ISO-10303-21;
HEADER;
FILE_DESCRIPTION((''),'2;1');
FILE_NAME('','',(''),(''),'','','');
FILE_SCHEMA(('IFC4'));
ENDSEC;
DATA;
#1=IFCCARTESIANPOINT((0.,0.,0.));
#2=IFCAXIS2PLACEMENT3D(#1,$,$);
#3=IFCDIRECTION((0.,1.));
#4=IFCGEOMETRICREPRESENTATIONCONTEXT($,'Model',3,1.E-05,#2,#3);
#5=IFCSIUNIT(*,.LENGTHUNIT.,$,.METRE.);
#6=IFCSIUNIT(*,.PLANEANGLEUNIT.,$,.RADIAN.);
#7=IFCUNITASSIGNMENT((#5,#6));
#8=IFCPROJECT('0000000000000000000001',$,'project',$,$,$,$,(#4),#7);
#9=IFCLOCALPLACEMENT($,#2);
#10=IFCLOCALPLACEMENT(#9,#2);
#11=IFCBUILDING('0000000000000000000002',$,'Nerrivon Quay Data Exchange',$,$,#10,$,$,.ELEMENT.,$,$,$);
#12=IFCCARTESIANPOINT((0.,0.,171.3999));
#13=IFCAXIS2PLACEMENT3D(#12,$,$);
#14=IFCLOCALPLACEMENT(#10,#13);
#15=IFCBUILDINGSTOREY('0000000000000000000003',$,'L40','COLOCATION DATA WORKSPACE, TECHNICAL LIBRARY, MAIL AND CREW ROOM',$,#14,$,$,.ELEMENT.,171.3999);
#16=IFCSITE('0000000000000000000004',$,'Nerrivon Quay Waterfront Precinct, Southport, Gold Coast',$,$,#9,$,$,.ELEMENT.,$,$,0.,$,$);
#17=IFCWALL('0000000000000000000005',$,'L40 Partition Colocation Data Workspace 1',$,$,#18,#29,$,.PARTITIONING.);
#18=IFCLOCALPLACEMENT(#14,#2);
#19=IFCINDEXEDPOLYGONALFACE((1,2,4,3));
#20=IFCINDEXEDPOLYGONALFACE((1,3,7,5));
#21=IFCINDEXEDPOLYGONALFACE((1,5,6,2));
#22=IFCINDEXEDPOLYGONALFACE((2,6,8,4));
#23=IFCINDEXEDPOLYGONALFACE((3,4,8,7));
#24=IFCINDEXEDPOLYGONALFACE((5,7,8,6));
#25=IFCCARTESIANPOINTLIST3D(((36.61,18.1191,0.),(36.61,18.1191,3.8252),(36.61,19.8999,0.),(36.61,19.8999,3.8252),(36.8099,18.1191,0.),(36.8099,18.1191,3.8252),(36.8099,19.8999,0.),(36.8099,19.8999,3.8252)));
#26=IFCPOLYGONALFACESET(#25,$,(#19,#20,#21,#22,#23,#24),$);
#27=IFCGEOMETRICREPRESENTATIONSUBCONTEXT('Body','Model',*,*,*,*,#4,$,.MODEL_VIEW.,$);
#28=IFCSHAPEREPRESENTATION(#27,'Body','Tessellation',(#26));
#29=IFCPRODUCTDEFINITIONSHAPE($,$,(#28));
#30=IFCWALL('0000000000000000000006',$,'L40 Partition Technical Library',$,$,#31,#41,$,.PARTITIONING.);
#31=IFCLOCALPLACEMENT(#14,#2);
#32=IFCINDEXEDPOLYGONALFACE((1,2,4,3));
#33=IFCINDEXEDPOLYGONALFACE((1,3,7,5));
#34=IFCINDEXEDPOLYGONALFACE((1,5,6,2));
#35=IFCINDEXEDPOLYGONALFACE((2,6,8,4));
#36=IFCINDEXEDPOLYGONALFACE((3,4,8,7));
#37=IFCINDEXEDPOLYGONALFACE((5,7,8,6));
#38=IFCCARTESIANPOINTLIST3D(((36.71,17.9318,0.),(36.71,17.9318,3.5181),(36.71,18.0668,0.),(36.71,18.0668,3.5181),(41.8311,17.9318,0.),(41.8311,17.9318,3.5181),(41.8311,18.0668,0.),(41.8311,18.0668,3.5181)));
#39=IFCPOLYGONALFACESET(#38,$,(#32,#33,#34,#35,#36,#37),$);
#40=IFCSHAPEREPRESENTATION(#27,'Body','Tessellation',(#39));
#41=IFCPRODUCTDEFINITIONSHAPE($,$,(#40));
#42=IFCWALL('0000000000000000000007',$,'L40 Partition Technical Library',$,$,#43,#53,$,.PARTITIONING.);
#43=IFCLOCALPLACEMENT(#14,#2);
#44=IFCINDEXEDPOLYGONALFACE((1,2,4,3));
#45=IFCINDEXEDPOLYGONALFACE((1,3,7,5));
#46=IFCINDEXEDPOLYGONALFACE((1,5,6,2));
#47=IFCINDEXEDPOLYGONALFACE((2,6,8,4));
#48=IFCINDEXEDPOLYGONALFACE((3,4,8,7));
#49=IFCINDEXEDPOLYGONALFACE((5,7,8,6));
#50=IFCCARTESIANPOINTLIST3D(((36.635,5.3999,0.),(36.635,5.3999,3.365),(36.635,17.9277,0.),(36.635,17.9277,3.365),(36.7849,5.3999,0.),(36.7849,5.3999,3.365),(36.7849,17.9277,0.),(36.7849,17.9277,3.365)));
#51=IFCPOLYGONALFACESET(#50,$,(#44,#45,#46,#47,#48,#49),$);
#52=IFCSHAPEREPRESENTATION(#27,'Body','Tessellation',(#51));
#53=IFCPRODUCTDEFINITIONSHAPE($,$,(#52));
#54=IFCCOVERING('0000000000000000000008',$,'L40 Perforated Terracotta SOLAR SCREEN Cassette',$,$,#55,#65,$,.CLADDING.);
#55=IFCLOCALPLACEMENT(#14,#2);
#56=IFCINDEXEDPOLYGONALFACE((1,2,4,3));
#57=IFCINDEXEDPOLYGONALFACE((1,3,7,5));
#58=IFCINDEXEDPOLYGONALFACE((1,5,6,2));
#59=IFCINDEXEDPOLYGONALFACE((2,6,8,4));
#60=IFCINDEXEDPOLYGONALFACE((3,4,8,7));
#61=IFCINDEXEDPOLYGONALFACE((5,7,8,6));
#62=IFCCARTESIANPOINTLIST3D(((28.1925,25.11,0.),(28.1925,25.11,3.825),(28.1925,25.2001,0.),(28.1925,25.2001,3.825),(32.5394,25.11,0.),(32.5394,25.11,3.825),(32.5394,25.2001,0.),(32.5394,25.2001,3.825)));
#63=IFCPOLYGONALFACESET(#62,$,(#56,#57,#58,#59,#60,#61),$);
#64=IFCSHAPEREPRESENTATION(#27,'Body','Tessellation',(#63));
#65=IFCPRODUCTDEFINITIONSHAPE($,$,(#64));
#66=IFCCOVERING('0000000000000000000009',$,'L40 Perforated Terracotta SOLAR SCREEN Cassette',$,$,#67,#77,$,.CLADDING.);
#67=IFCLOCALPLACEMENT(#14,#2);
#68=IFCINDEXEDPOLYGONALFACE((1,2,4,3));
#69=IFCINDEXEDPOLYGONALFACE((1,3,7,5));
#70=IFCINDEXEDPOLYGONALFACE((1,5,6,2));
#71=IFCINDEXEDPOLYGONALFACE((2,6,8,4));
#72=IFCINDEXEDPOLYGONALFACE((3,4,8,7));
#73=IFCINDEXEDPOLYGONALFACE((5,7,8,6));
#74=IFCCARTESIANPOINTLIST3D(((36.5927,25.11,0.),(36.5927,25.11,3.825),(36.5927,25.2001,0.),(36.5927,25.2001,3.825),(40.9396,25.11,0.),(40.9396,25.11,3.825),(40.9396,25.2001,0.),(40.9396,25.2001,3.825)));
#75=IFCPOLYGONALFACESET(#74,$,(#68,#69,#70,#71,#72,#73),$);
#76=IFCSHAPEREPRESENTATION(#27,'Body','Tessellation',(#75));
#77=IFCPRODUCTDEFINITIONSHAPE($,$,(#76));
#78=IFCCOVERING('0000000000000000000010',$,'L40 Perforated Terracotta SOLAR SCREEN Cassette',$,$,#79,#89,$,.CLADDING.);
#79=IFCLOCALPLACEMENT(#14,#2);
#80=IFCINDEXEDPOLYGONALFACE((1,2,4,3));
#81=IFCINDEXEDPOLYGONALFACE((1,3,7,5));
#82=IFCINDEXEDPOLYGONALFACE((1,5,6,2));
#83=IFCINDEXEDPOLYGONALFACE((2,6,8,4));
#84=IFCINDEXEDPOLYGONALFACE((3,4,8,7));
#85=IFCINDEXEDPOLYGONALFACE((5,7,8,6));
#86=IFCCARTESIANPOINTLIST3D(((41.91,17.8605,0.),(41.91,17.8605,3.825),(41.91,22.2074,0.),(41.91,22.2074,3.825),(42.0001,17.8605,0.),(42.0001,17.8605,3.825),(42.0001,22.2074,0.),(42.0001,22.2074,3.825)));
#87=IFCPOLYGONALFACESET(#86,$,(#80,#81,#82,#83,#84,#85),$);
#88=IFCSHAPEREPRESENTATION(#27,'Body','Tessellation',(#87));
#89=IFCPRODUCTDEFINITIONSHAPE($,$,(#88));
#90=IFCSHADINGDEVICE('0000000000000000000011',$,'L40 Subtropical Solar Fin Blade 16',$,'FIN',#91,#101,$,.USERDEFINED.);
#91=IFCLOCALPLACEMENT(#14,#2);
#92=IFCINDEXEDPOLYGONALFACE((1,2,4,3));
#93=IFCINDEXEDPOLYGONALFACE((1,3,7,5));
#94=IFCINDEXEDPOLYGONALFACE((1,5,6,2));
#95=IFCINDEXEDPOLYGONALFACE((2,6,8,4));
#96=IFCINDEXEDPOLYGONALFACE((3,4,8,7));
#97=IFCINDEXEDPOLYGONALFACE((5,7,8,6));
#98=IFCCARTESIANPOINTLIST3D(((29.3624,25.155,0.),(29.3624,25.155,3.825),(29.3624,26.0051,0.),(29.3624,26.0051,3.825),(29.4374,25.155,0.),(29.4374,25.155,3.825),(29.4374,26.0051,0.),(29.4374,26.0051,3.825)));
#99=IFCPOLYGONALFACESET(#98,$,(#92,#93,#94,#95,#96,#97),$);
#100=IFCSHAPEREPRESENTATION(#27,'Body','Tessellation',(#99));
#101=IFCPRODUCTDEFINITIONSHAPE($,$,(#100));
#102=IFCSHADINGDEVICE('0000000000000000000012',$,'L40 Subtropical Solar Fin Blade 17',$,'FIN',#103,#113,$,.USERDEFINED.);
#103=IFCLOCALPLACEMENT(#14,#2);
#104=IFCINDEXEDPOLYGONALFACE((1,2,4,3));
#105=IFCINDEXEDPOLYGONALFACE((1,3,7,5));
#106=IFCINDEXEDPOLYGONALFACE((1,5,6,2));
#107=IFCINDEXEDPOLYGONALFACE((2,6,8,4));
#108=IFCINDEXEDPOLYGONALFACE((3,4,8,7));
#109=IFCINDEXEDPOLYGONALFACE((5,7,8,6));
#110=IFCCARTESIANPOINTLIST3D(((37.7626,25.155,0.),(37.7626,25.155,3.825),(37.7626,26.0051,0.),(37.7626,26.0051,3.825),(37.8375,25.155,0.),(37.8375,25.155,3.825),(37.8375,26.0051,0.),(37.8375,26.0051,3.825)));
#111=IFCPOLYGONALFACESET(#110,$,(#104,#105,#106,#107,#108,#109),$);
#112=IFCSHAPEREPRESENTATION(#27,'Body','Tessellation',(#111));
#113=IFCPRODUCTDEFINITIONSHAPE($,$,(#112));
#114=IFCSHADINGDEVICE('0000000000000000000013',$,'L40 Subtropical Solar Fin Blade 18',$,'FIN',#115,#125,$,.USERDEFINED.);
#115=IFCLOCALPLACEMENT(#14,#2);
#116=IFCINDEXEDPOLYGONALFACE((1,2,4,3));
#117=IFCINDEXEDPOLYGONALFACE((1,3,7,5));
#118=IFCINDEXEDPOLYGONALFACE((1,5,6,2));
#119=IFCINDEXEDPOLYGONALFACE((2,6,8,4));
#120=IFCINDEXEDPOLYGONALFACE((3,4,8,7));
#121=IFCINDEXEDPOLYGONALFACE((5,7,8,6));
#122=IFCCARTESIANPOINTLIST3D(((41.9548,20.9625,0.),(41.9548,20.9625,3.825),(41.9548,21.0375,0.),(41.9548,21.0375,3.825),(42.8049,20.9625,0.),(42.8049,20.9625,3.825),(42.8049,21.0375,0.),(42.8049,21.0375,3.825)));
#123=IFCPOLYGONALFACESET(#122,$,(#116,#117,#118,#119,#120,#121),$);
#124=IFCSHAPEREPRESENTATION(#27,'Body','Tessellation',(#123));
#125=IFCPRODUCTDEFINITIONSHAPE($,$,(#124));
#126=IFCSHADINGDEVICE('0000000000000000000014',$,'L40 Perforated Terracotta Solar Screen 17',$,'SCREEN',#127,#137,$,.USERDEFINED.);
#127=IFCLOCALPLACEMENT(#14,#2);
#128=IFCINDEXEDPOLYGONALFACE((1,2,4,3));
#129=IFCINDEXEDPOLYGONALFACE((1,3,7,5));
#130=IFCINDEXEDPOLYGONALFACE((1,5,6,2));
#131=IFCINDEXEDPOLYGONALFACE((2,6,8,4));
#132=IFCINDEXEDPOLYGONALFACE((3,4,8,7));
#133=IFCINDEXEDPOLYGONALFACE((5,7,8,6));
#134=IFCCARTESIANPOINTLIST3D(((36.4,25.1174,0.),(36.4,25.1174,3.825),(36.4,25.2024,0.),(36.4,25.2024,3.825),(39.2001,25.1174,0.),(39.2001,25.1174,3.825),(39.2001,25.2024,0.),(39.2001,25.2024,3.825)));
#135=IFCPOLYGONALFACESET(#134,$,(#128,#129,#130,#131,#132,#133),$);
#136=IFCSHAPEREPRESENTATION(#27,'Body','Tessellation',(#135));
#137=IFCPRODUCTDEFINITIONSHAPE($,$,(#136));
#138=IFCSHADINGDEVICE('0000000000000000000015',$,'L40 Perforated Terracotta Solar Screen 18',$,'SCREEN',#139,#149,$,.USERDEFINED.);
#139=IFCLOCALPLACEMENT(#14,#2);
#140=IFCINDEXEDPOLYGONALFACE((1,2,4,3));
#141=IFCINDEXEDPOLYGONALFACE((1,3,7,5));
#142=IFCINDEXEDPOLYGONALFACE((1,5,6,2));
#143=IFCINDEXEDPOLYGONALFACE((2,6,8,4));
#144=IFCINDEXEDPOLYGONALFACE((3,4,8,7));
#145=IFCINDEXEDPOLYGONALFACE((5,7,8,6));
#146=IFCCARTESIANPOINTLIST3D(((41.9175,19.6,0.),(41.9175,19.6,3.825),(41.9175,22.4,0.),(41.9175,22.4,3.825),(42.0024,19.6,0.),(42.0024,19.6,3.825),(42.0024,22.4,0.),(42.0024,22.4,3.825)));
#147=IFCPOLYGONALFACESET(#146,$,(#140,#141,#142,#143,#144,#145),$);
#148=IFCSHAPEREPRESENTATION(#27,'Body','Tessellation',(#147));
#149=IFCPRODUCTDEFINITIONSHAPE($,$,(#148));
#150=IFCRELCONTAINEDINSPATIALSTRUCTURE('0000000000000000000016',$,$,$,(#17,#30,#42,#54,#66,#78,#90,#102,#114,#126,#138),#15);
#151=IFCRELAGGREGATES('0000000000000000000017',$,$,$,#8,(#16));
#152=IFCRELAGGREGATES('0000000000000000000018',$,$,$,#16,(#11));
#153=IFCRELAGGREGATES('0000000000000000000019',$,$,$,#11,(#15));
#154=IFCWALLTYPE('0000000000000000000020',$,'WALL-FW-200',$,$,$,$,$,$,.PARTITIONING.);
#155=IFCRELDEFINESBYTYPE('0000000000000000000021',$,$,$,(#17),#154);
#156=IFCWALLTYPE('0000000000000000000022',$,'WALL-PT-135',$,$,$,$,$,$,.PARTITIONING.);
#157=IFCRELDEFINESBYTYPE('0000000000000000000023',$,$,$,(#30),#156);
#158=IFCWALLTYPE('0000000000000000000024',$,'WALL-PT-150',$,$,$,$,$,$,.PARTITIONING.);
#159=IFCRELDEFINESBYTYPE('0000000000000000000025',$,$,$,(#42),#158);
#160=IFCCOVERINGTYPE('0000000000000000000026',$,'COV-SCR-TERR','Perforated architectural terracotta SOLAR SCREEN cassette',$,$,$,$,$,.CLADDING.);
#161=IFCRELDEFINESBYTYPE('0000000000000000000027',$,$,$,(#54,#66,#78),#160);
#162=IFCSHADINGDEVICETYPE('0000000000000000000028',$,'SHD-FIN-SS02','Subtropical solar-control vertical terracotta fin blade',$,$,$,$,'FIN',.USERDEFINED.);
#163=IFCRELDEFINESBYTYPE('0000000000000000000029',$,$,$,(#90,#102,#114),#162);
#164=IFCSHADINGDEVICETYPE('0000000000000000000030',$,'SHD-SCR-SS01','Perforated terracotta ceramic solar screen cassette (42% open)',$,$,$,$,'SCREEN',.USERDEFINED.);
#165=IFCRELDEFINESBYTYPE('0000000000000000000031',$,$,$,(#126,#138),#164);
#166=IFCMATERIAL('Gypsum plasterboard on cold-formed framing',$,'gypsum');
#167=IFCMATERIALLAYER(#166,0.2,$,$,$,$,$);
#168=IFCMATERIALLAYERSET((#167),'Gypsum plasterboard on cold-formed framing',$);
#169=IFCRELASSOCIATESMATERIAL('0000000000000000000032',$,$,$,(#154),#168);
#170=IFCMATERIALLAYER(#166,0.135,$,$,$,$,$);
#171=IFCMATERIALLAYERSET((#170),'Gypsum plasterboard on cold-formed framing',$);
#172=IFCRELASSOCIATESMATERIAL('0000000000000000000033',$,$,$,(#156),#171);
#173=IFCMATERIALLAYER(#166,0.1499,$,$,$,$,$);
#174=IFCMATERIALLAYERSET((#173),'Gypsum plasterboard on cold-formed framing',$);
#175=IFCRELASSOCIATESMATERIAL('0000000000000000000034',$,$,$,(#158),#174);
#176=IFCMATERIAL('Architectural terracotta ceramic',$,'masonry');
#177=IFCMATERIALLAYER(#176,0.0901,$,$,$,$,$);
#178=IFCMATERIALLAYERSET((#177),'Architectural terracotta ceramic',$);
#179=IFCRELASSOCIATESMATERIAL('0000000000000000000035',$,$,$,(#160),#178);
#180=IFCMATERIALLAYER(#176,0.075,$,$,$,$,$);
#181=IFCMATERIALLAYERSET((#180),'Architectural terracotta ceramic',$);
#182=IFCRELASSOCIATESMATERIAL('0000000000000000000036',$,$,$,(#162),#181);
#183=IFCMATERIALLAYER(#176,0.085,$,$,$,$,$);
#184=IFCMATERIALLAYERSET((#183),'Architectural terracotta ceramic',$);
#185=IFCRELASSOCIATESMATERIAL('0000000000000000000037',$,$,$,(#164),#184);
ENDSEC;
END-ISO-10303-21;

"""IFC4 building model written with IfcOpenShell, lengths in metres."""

from ifc_helpers import new_model, si_unit, direction, frame, frame_2d, origin, origin_2d, place, context, subcontext, project, spatial, rectangle, extrude, material, layer, layer_set, type_object, element, save


model = new_model("IFC4")

# Units and contexts
model_context = context("Model", 3, precision=1e-05, world=origin(), true_north=direction((0.0, 1.0)))
body_context = subcontext(model_context, "Body", "Model", "MODEL_VIEW")
ifc_project = project(units=[si_unit("LENGTHUNIT", "METRE"), si_unit("PLANEANGLEUNIT", "RADIAN")], contexts=[model_context])

# Site, building, storey
site_placement = place(None, origin())
site = spatial("IfcSite", under=ifc_project, at=site_placement, Name="Nerrivon Quay Waterfront Precinct, Southport, Gold Coast", CompositionType="ELEMENT", RefElevation=0.0)
building_placement = place(site_placement, origin())
building = spatial("IfcBuilding", under=site, at=building_placement, Name="Nerrivon Quay Data Exchange", CompositionType="ELEMENT")
storey_placement = place(building_placement, frame((0.0, 0.0, 171.3999)))
storey = spatial("IfcBuildingStorey", under=building, at=storey_placement, Name="L40", Description="COLOCATION DATA WORKSPACE, TECHNICAL LIBRARY, MAIL AND CREW ROOM", CompositionType="ELEMENT", Elevation=171.3999)

# Walls
ifc_material_1 = material(Name="Gypsum plasterboard on cold-formed framing", Category="gypsum")
ifc_layer_1 = layer(ifc_material_1, 0.2)
ifc_layer_set_1 = layer_set([ifc_layer_1], Name="Gypsum plasterboard on cold-formed framing")
wall_type_1 = type_object("IfcWallType", Name="WALL-FW-200", PredefinedType="PARTITIONING", material=ifc_layer_set_1)
wall_1_placement = place(storey_placement, frame((36.71, 19.8999, 0.0), z_axis=(0.0, 0.0, 1.0), x_axis=(0.0, -1.0, 0.0)))
element("IfcWall", 1, at=wall_1_placement, inside=storey, type_object=wall_type_1, Name="L40 Partition Colocation Data Workspace 1", PredefinedType="PARTITIONING", context=body_context, shape_type="SweptSolid", body=[
    extrude(rectangle(XDim=1.7808, YDim=0.2, at=frame_2d((0.8904, 0.0))), origin(), (0.0, 0.0, 1.0), 3.8252),
])
ifc_layer_2 = layer(ifc_material_1, 0.135)
ifc_layer_set_2 = layer_set([ifc_layer_2], Name="Gypsum plasterboard on cold-formed framing")
wall_type_2 = type_object("IfcWallType", Name="WALL-PT-135", PredefinedType="PARTITIONING", material=ifc_layer_set_2)
wall_2_placement = place(storey_placement, frame((41.8311, 17.9993, 0.0), z_axis=(0.0, 0.0, 1.0), x_axis=(-1.0, 0.0, 0.0)))
element("IfcWall", 2, at=wall_2_placement, inside=storey, type_object=wall_type_2, Name="L40 Partition Technical Library", PredefinedType="PARTITIONING", context=body_context, shape_type="SweptSolid", body=[
    extrude(rectangle(XDim=5.1211, YDim=0.135, at=frame_2d((2.5605, 0.0))), origin(), (0.0, 0.0, 1.0), 3.5181),
])
ifc_layer_3 = layer(ifc_material_1, 0.1499)
ifc_layer_set_3 = layer_set([ifc_layer_3], Name="Gypsum plasterboard on cold-formed framing")
wall_type_3 = type_object("IfcWallType", Name="WALL-PT-150", PredefinedType="PARTITIONING", material=ifc_layer_set_3)
wall_3_placement = place(storey_placement, frame((36.71, 17.9277, 0.0), z_axis=(0.0, 0.0, 1.0), x_axis=(0.0, -1.0, 0.0)))
element("IfcWall", 3, at=wall_3_placement, inside=storey, type_object=wall_type_3, Name="L40 Partition Technical Library", PredefinedType="PARTITIONING", context=body_context, shape_type="SweptSolid", body=[
    extrude(rectangle(XDim=12.5278, YDim=0.1499, at=frame_2d((6.2639, 0.0))), origin(), (0.0, 0.0, 1.0), 3.365),
])

# Coverings
ifc_material_2 = material(Name="Architectural terracotta ceramic", Category="masonry")
ifc_layer_4 = layer(ifc_material_2, 0.0901)
ifc_layer_set_4 = layer_set([ifc_layer_4], Name="Architectural terracotta ceramic")
covering_type = type_object("IfcCoveringType", Name="COV-SCR-TERR", Description="Perforated architectural terracotta SOLAR SCREEN cassette", PredefinedType="CLADDING", material=ifc_layer_set_4)
for number, where, z_axis, x_axis, name in (
    (4, (30.366, 25.155, 0.0), (0.0, 0.0, 1.0), (1.0, 0.0, 0.0), "L40 Perforated Terracotta SOLAR SCREEN Cassette"),
    (5, (38.7661, 25.155, 0.0), (0.0, 0.0, 1.0), (1.0, 0.0, 0.0), "L40 Perforated Terracotta SOLAR SCREEN Cassette"),
    (6, (41.9551, 20.0339, 0.0), (0.0, 0.0, 1.0), (0.0, -1.0, 0.0), "L40 Perforated Terracotta SOLAR SCREEN Cassette"),
):
    element("IfcCovering", number, at=place(storey_placement, frame(where, z_axis=z_axis, x_axis=x_axis)), inside=storey, type_object=covering_type, Name=name, PredefinedType="CLADDING", context=body_context, shape_type="SweptSolid", body=[
        extrude(rectangle(XDim=4.3469, YDim=0.0901, at=origin_2d()), origin(), (0.0, 0.0, 1.0), 3.825),
    ])

# Shading devices
ifc_layer_5 = layer(ifc_material_2, 0.075)
ifc_layer_set_5 = layer_set([ifc_layer_5], Name="Architectural terracotta ceramic")
shading_device_type_1 = type_object("IfcShadingDeviceType", Name="SHD-FIN-SS02", Description="Subtropical solar-control vertical terracotta fin blade", ElementType="FIN", PredefinedType="USERDEFINED", material=ifc_layer_set_5)
for number, where, z_axis, x_axis, name in (
    (7, (29.3999, 25.5801, 0.0), (0.0, 0.0, 1.0), (1.0, 0.0, 0.0), "L40 Subtropical Solar Fin Blade 16"),
    (8, (37.8, 25.5801, 0.0), (0.0, 0.0, 1.0), (1.0, 0.0, 0.0), "L40 Subtropical Solar Fin Blade 17"),
    (9, (42.3799, 21.0, 0.0), (0.0, 0.0, 1.0), (0.0, -1.0, 0.0), "L40 Subtropical Solar Fin Blade 18"),
):
    element("IfcShadingDevice", number, at=place(storey_placement, frame(where, z_axis=z_axis, x_axis=x_axis)), inside=storey, type_object=shading_device_type_1, Name=name, ObjectType="FIN", PredefinedType="USERDEFINED", context=body_context, shape_type="SweptSolid", body=[
        extrude(rectangle(XDim=0.075, YDim=0.8501, at=origin_2d()), origin(), (0.0, 0.0, 1.0), 3.825),
    ])
ifc_layer_6 = layer(ifc_material_2, 0.085)
ifc_layer_set_6 = layer_set([ifc_layer_6], Name="Architectural terracotta ceramic")
shading_device_type_2 = type_object("IfcShadingDeviceType", Name="SHD-SCR-SS01", Description="Perforated terracotta ceramic solar screen cassette (42% open)", ElementType="SCREEN", PredefinedType="USERDEFINED", material=ifc_layer_set_6)
for number, where, z_axis, x_axis, name in (
    (10, (37.8, 25.1599, 0.0), (0.0, 0.0, 1.0), (1.0, 0.0, 0.0), "L40 Perforated Terracotta Solar Screen 17"),
    (11, (41.96, 21.0, 0.0), (0.0, 0.0, 1.0), (0.0, -1.0, 0.0), "L40 Perforated Terracotta Solar Screen 18"),
):
    element("IfcShadingDevice", number, at=place(storey_placement, frame(where, z_axis=z_axis, x_axis=x_axis)), inside=storey, type_object=shading_device_type_2, Name=name, ObjectType="SCREEN", PredefinedType="USERDEFINED", context=body_context, shape_type="SweptSolid", body=[
        extrude(rectangle(XDim=2.8, YDim=0.085, at=origin_2d()), origin(), (0.0, 0.0, 1.0), 3.825),
    ])

save(model, "model.ifc")
